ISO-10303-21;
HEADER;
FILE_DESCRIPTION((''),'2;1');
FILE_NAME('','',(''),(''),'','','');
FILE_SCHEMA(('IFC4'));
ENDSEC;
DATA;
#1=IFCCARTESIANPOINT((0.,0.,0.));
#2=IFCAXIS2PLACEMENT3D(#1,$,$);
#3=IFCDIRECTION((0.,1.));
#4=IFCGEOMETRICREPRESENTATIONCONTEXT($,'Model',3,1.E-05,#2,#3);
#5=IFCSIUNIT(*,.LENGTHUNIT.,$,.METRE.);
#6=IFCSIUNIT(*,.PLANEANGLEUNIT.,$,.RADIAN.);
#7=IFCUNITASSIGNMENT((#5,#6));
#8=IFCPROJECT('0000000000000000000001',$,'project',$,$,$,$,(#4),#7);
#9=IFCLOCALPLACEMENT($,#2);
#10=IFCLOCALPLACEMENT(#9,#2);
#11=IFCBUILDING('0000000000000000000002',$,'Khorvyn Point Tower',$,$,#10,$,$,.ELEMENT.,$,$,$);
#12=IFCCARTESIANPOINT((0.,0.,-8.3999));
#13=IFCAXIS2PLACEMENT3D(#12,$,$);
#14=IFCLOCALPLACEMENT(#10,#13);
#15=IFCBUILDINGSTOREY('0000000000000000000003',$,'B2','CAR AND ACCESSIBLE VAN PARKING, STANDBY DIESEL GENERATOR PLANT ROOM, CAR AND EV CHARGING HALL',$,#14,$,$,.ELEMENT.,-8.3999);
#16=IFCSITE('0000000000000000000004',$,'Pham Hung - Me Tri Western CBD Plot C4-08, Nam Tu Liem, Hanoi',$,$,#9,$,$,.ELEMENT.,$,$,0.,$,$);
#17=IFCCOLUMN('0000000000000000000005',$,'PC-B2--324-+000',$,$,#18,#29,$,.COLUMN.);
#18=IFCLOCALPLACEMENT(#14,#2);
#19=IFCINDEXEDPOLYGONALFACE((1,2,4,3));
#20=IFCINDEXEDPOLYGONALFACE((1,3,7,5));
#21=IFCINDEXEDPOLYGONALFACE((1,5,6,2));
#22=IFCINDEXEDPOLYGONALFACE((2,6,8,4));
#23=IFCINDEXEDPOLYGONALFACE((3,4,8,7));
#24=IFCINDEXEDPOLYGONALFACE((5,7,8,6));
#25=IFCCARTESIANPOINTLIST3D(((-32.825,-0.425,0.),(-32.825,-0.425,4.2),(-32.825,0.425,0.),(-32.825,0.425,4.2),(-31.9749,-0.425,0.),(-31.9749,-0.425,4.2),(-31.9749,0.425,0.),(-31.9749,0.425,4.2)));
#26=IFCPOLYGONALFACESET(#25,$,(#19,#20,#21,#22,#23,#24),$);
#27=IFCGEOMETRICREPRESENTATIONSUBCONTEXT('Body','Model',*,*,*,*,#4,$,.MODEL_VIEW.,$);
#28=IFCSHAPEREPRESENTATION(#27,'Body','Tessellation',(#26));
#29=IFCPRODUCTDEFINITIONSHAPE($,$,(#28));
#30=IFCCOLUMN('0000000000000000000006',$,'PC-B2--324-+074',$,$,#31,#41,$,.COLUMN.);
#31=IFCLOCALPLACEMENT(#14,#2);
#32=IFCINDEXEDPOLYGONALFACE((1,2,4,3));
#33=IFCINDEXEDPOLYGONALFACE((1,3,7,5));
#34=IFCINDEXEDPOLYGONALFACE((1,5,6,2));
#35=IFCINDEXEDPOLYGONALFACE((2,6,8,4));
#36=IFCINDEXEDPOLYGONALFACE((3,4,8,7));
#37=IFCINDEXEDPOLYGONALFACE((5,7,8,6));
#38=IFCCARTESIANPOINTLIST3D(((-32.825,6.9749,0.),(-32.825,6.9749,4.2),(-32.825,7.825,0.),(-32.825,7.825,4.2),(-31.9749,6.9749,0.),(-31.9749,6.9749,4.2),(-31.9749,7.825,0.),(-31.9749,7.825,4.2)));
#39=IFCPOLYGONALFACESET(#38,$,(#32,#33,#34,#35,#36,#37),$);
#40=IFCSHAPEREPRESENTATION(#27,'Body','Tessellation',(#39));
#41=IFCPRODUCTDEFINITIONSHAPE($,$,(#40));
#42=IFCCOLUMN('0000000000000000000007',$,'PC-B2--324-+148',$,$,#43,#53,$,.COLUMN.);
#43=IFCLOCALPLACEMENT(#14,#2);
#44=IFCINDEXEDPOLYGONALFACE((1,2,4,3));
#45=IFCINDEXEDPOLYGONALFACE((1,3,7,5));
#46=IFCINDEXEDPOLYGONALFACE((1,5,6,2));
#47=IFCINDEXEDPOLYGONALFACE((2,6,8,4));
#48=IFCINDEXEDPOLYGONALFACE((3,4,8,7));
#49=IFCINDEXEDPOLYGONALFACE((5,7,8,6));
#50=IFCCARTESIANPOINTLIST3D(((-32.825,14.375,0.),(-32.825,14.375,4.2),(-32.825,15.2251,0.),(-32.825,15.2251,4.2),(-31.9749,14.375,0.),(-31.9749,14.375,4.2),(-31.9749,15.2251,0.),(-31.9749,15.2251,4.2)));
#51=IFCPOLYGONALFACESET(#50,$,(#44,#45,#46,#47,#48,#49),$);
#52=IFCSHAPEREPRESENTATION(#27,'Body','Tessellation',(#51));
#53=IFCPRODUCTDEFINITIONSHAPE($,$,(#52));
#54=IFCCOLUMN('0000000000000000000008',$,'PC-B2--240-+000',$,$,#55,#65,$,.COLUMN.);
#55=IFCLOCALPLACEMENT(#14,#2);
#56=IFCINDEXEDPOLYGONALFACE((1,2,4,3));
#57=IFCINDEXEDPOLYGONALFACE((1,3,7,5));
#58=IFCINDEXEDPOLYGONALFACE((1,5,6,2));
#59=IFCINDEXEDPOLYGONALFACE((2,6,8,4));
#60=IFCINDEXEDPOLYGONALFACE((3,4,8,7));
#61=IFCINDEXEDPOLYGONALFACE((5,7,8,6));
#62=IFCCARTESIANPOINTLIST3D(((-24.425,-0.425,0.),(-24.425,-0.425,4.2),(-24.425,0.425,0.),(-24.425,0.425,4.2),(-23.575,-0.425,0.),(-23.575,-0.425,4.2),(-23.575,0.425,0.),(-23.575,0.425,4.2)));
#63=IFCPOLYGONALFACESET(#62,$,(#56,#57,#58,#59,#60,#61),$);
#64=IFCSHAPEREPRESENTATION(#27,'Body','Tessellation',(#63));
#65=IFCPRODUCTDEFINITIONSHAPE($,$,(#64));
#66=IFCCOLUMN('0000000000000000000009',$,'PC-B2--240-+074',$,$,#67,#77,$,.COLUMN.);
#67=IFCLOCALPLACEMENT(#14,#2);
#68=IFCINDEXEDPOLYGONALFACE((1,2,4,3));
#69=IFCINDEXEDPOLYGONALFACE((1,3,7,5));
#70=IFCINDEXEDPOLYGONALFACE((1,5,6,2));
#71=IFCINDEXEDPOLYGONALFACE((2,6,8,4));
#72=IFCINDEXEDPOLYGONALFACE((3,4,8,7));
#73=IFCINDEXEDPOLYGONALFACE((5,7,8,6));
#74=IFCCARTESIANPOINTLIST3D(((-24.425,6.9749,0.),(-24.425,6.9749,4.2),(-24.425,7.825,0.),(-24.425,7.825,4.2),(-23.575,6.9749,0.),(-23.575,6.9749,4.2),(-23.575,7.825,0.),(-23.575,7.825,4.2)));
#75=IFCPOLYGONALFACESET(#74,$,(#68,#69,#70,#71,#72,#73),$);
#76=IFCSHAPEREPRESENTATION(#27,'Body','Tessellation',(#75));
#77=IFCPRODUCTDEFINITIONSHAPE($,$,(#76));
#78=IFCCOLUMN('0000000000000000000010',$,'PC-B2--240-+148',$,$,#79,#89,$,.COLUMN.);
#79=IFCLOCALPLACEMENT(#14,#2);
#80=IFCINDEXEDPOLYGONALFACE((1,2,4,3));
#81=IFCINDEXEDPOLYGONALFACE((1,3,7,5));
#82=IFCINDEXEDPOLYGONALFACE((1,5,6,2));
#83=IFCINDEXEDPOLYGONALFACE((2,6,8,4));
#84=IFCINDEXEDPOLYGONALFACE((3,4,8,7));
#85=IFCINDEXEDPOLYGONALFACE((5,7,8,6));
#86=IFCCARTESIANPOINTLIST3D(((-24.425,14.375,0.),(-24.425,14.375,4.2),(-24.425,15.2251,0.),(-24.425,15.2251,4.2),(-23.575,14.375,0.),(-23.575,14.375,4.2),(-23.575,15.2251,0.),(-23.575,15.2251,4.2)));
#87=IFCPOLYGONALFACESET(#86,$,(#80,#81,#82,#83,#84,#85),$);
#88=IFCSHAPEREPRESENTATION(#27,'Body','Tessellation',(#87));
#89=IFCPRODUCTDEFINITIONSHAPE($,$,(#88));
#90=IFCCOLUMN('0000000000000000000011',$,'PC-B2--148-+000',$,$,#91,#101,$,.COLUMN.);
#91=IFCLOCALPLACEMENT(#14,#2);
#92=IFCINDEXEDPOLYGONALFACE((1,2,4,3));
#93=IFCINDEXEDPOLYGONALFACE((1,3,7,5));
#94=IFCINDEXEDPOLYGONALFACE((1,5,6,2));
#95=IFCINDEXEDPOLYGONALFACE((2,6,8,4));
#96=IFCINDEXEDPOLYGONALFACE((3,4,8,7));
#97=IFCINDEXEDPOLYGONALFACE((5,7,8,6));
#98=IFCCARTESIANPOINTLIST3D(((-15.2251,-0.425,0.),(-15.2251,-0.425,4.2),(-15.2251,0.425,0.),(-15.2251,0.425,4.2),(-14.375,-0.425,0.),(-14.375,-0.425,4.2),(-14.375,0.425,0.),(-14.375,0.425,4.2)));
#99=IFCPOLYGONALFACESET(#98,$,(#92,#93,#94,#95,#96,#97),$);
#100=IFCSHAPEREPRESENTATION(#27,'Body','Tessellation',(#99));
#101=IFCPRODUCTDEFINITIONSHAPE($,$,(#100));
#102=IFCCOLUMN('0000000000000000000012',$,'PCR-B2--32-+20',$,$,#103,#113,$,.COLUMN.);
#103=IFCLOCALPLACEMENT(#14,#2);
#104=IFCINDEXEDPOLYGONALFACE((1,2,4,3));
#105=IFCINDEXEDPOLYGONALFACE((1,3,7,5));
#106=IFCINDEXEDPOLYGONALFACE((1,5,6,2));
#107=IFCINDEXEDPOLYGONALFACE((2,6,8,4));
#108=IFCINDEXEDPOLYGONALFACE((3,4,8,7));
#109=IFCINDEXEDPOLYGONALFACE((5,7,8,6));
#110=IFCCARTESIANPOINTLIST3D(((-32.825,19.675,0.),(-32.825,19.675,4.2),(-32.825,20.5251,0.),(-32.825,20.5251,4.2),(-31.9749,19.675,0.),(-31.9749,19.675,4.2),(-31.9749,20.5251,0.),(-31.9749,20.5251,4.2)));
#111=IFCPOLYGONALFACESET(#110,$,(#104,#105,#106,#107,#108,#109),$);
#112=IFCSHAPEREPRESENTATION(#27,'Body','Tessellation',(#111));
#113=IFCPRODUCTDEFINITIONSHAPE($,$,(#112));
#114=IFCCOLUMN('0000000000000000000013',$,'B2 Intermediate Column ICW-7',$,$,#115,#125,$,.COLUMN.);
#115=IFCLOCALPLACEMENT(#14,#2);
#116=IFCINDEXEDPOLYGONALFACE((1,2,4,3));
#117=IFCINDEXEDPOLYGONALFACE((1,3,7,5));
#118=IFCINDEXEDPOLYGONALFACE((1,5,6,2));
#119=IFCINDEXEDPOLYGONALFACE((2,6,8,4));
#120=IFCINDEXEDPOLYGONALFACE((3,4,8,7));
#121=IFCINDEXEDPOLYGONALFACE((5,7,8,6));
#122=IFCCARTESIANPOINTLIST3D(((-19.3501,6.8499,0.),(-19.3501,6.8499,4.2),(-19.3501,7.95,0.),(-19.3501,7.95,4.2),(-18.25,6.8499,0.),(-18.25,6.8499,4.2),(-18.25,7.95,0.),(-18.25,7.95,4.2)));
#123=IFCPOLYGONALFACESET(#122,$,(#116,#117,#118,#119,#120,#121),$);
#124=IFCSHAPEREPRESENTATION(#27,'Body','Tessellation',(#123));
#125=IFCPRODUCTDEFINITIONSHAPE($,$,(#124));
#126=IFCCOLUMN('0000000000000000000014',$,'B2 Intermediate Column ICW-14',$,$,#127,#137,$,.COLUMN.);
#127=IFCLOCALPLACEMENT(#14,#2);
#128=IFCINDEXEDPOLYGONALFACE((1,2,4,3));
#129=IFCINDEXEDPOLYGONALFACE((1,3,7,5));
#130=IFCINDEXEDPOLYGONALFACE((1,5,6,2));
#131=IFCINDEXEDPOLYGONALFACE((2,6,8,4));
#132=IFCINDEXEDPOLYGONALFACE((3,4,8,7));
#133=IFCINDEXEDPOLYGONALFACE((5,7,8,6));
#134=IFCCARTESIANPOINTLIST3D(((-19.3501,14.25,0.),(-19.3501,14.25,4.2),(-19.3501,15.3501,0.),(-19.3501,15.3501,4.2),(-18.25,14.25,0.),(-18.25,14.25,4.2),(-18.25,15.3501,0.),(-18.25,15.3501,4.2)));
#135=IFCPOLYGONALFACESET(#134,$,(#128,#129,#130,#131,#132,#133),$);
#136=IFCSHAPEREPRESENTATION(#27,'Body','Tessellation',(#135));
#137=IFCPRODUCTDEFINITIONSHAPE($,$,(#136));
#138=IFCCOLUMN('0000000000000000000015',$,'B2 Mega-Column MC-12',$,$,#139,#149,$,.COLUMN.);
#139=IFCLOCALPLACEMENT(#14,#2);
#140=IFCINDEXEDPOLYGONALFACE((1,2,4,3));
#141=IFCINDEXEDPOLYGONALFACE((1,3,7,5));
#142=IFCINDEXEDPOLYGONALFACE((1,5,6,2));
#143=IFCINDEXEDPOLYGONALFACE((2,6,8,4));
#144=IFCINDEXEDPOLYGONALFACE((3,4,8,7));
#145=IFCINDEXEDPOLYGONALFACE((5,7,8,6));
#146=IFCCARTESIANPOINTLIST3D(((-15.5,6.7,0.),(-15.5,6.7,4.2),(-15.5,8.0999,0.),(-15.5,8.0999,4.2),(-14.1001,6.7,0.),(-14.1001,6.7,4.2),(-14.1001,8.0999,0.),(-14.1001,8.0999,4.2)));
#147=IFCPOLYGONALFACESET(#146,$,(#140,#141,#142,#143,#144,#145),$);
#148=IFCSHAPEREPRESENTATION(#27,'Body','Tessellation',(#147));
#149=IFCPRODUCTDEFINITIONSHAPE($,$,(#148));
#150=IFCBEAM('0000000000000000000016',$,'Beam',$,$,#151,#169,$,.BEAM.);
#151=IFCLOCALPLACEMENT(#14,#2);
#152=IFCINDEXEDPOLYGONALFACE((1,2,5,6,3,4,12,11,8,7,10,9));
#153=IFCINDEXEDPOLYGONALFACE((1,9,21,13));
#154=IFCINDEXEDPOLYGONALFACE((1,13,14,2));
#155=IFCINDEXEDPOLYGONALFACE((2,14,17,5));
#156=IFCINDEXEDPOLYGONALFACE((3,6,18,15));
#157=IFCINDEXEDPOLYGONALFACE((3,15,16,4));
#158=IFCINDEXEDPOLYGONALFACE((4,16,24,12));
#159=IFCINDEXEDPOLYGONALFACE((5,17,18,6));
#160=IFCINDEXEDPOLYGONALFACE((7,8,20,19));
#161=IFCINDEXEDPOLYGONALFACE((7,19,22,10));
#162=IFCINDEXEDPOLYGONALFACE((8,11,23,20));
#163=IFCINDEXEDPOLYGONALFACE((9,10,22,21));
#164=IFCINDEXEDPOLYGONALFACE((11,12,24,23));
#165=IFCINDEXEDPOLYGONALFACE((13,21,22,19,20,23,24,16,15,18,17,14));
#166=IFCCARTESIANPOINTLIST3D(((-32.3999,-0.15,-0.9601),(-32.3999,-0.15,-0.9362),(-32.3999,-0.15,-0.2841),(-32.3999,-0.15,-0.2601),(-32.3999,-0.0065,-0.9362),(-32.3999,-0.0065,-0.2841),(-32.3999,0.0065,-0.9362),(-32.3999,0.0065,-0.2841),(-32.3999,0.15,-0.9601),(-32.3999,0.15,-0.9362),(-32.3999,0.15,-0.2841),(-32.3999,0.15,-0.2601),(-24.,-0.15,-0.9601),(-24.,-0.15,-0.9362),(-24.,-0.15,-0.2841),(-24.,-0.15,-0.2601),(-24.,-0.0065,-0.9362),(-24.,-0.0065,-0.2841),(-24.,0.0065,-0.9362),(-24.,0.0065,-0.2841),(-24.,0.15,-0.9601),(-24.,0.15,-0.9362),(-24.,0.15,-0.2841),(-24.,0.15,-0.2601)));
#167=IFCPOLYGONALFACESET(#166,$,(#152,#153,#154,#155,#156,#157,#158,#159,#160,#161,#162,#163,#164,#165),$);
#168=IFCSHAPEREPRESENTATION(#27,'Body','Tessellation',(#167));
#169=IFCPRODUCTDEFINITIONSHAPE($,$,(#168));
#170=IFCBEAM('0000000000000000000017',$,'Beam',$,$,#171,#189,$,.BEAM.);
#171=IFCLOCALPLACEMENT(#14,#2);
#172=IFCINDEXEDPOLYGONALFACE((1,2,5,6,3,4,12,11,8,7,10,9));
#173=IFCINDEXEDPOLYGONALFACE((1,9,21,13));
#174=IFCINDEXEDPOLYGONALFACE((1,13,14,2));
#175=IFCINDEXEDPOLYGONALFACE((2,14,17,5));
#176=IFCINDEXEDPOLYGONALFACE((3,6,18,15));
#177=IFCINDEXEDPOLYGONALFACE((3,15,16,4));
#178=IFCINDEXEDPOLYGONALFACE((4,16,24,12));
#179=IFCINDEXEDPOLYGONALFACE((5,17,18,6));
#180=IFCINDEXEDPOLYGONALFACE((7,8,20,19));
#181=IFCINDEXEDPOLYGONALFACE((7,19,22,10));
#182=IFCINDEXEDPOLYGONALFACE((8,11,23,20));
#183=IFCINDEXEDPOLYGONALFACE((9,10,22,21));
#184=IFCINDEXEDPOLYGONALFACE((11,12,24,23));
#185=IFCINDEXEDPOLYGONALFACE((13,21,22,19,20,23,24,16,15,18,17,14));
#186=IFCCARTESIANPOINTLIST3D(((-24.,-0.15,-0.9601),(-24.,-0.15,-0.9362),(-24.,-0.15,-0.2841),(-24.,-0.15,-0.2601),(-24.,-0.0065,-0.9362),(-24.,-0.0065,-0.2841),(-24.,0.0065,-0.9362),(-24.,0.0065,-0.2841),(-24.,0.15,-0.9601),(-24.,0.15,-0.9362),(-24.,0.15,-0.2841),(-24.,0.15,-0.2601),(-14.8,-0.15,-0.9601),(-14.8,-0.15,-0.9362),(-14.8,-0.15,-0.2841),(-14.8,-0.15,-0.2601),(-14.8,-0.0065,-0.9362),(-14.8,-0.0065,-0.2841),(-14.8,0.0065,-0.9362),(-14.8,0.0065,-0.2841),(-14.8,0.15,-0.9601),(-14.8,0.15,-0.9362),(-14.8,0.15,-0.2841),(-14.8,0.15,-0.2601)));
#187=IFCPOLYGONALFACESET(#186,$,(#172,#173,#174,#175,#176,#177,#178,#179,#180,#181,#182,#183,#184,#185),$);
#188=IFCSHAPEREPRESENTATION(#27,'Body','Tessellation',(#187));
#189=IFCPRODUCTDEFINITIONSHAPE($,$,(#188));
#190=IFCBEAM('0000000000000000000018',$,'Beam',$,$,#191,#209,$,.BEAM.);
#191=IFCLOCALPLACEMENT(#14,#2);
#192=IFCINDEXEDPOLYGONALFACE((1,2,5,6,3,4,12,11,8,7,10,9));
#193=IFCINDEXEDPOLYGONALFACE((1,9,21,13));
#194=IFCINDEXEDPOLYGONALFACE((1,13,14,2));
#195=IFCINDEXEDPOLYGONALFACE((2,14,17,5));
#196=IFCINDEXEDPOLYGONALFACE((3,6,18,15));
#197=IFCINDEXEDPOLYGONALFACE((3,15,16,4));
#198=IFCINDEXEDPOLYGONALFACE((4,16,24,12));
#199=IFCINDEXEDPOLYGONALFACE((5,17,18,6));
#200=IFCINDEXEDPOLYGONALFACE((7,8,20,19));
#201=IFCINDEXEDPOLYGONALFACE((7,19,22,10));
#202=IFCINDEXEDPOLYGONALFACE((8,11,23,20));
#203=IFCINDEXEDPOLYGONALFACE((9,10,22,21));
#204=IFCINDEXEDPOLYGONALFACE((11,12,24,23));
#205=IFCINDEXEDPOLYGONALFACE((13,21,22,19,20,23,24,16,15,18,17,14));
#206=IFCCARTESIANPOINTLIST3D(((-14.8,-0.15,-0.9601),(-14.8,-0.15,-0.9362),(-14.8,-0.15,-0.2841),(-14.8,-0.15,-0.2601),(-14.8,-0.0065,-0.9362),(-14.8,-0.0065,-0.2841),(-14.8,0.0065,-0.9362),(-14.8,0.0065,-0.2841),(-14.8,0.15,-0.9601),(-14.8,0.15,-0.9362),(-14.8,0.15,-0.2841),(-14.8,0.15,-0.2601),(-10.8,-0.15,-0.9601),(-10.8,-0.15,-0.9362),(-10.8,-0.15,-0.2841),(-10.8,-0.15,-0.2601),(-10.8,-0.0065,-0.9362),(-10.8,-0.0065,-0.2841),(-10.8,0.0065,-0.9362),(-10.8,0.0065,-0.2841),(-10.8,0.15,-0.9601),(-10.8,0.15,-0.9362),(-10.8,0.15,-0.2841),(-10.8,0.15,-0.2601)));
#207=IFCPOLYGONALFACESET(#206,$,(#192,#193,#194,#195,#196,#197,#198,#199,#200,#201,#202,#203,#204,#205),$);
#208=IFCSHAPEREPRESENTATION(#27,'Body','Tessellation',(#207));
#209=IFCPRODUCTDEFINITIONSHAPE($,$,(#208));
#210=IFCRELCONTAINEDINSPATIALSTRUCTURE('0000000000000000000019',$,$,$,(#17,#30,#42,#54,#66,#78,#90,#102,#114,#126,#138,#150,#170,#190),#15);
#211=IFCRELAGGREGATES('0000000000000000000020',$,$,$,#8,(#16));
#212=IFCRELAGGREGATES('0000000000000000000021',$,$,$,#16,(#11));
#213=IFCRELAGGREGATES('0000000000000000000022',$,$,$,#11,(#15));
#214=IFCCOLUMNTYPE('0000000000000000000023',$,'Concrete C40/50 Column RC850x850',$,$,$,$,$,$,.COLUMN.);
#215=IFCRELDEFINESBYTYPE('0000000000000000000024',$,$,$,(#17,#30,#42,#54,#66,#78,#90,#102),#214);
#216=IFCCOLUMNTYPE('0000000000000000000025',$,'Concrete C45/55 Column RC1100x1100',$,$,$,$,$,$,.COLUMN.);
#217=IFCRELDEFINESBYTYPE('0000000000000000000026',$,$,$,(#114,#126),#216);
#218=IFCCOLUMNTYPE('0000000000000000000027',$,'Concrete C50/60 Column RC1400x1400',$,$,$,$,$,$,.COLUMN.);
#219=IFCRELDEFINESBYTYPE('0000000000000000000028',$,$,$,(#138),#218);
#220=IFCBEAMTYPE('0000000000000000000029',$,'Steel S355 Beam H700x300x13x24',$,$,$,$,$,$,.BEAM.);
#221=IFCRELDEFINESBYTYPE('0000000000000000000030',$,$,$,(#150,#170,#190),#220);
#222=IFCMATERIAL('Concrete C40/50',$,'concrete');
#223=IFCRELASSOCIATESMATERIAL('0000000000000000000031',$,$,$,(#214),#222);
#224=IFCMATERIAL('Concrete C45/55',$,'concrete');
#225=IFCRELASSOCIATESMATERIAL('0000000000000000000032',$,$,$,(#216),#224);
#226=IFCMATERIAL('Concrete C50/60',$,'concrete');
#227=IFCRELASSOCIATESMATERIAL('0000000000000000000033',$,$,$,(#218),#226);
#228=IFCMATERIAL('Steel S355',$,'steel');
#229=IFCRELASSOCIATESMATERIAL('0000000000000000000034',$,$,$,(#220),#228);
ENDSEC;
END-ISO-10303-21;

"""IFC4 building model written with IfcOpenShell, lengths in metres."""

from ifc_helpers import new_model, si_unit, direction, frame, origin, origin_2d, place, context, subcontext, project, spatial, rectangle, i_section, extrude, material, material_profile, profile_set, type_object, element, save


model = new_model("IFC4")

# Units and contexts
model_context = context("Model", 3, precision=1e-05, world=origin(), true_north=direction((0.0, 1.0)))
body_context = subcontext(model_context, "Body", "Model", "MODEL_VIEW")
ifc_project = project(units=[si_unit("LENGTHUNIT", "METRE"), si_unit("PLANEANGLEUNIT", "RADIAN")], contexts=[model_context])

# Site, building, storey
site_placement = place(None, origin())
site = spatial("IfcSite", under=ifc_project, at=site_placement, Name="Pham Hung - Me Tri Western CBD Plot C4-08, Nam Tu Liem, Hanoi", CompositionType="ELEMENT", RefElevation=0.0)
building_placement = place(site_placement, origin())
building = spatial("IfcBuilding", under=site, at=building_placement, Name="Khorvyn Point Tower", CompositionType="ELEMENT")
storey_placement = place(building_placement, frame((0.0, 0.0, -8.3999)))
storey = spatial("IfcBuildingStorey", under=building, at=storey_placement, Name="B2", Description="CAR AND ACCESSIBLE VAN PARKING, STANDBY DIESEL GENERATOR PLANT ROOM, CAR AND EV CHARGING HALL", CompositionType="ELEMENT", Elevation=-8.3999)

# Columns
ifc_material_1 = material(Name="Concrete C40/50", Category="concrete")
ifc_material_profile_1 = material_profile(ifc_material_1, rectangle(XDim=0.8501, YDim=0.8501, at=origin_2d()))
ifc_profile_set_1 = profile_set([ifc_material_profile_1], Name="Concrete C40/50 RC850x850")
column_type_1 = type_object("IfcColumnType", Name="Concrete C40/50 Column RC850x850", PredefinedType="COLUMN", material=ifc_profile_set_1)
for number, where, z_axis, x_axis, name in (
    (1, (-32.3999, 0.0, 0.0), (0.0, 0.0, 1.0), (1.0, 0.0, 0.0), "PC-B2--324-+000"),
    (2, (-32.3999, 7.3999, 0.0), (0.0, 0.0, 1.0), (1.0, 0.0, 0.0), "PC-B2--324-+074"),
    (3, (-32.3999, 14.8, 0.0), (0.0, 0.0, 1.0), (1.0, 0.0, 0.0), "PC-B2--324-+148"),
    (4, (-24.0, 0.0, 0.0), (0.0, 0.0, 1.0), (1.0, 0.0, 0.0), "PC-B2--240-+000"),
    (5, (-24.0, 7.3999, 0.0), (0.0, 0.0, 1.0), (1.0, 0.0, 0.0), "PC-B2--240-+074"),
    (6, (-24.0, 14.8, 0.0), (0.0, 0.0, 1.0), (1.0, 0.0, 0.0), "PC-B2--240-+148"),
    (7, (-14.8, 0.0, 0.0), (0.0, 0.0, 1.0), (1.0, 0.0, 0.0), "PC-B2--148-+000"),
    (8, (-32.3999, 20.1001, 0.0), (0.0, 0.0, 1.0), (1.0, 0.0, 0.0), "PCR-B2--32-+20"),
):
    element("IfcColumn", number, at=place(storey_placement, frame(where, z_axis=z_axis, x_axis=x_axis)), inside=storey, type_object=column_type_1, Name=name, PredefinedType="COLUMN", context=body_context, shape_type="SweptSolid", body=[
        extrude(rectangle(XDim=0.8501, YDim=0.8501, at=origin_2d()), origin(), (0.0, 0.0, 1.0), 4.2),
    ])
ifc_material_2 = material(Name="Concrete C45/55", Category="concrete")
ifc_material_profile_2 = material_profile(ifc_material_2, rectangle(XDim=1.1001, YDim=1.1001, at=origin_2d()))
ifc_profile_set_2 = profile_set([ifc_material_profile_2], Name="Concrete C45/55 RC1100x1100")
column_type_2 = type_object("IfcColumnType", Name="Concrete C45/55 Column RC1100x1100", PredefinedType="COLUMN", material=ifc_profile_set_2)
for number, where, z_axis, x_axis, name in (
    (9, (-18.8, 7.3999, 0.0), (0.0, 0.0, 1.0), (1.0, 0.0, 0.0), "B2 Intermediate Column ICW-7"),
    (10, (-18.8, 14.8, 0.0), (0.0, 0.0, 1.0), (1.0, 0.0, 0.0), "B2 Intermediate Column ICW-14"),
):
    element("IfcColumn", number, at=place(storey_placement, frame(where, z_axis=z_axis, x_axis=x_axis)), inside=storey, type_object=column_type_2, Name=name, PredefinedType="COLUMN", context=body_context, shape_type="SweptSolid", body=[
        extrude(rectangle(XDim=1.1001, YDim=1.1001, at=origin_2d()), origin(), (0.0, 0.0, 1.0), 4.2),
    ])
ifc_material_3 = material(Name="Concrete C50/60", Category="concrete")
ifc_material_profile_3 = material_profile(ifc_material_3, rectangle(XDim=1.3999, YDim=1.3999, at=origin_2d()))
ifc_profile_set_3 = profile_set([ifc_material_profile_3], Name="Concrete C50/60 RC1400x1400")
column_type_3 = type_object("IfcColumnType", Name="Concrete C50/60 Column RC1400x1400", PredefinedType="COLUMN", material=ifc_profile_set_3)
column_placement = place(storey_placement, frame((-14.8, 7.3999, 0.0), z_axis=(0.0, 0.0, 1.0), x_axis=(1.0, 0.0, 0.0)))
element("IfcColumn", 11, at=column_placement, inside=storey, type_object=column_type_3, Name="B2 Mega-Column MC-12", PredefinedType="COLUMN", context=body_context, shape_type="SweptSolid", body=[
    extrude(rectangle(XDim=1.3999, YDim=1.3999, at=origin_2d()), origin(), (0.0, 0.0, 1.0), 4.2),
])

# Beams
ifc_material_4 = material(Name="Steel S355", Category="steel")
ifc_material_profile_4 = material_profile(ifc_material_4, i_section(OverallWidth=0.3, OverallDepth=0.7, WebThickness=0.0129, FlangeThickness=0.0239, at=origin_2d()))
ifc_profile_set_4 = profile_set([ifc_material_profile_4], Name="Steel S355 H700x300x13x24")
beam_type_1 = type_object("IfcBeamType", Name="Steel S355 Beam H700x300x13x24", PredefinedType="BEAM", material=ifc_profile_set_4)
beam_1_placement = place(storey_placement, frame((-32.3999, 0.0, -0.6101), z_axis=(1.0, 0.0, 0.0), x_axis=(0.0, 1.0, 0.0)))
element("IfcBeam", 12, at=beam_1_placement, inside=storey, type_object=beam_type_1, Name="Beam", PredefinedType="BEAM", context=body_context, shape_type="SweptSolid", body=[
    extrude(i_section(OverallWidth=0.3, OverallDepth=0.7, WebThickness=0.0129, FlangeThickness=0.0239, at=origin_2d()), origin(), (0.0, 0.0, 1.0), 8.3999),
])
beam_2_placement = place(storey_placement, frame((-24.0, 0.0, -0.6101), z_axis=(1.0, 0.0, 0.0), x_axis=(0.0, 1.0, 0.0)))
element("IfcBeam", 13, at=beam_2_placement, inside=storey, type_object=beam_type_1, Name="Beam", PredefinedType="BEAM", context=body_context, shape_type="SweptSolid", body=[
    extrude(i_section(OverallWidth=0.3, OverallDepth=0.7, WebThickness=0.0129, FlangeThickness=0.0239, at=origin_2d()), origin(), (0.0, 0.0, 1.0), 9.2),
])
beam_3_placement = place(storey_placement, frame((-14.8, 0.0, -0.6101), z_axis=(1.0, 0.0, 0.0), x_axis=(0.0, 1.0, 0.0)))
element("IfcBeam", 14, at=beam_3_placement, inside=storey, type_object=beam_type_1, Name="Beam", PredefinedType="BEAM", context=body_context, shape_type="SweptSolid", body=[
    extrude(i_section(OverallWidth=0.3, OverallDepth=0.7, WebThickness=0.0129, FlangeThickness=0.0239, at=origin_2d()), origin(), (0.0, 0.0, 1.0), 4.0),
])

save(model, "model.ifc")
